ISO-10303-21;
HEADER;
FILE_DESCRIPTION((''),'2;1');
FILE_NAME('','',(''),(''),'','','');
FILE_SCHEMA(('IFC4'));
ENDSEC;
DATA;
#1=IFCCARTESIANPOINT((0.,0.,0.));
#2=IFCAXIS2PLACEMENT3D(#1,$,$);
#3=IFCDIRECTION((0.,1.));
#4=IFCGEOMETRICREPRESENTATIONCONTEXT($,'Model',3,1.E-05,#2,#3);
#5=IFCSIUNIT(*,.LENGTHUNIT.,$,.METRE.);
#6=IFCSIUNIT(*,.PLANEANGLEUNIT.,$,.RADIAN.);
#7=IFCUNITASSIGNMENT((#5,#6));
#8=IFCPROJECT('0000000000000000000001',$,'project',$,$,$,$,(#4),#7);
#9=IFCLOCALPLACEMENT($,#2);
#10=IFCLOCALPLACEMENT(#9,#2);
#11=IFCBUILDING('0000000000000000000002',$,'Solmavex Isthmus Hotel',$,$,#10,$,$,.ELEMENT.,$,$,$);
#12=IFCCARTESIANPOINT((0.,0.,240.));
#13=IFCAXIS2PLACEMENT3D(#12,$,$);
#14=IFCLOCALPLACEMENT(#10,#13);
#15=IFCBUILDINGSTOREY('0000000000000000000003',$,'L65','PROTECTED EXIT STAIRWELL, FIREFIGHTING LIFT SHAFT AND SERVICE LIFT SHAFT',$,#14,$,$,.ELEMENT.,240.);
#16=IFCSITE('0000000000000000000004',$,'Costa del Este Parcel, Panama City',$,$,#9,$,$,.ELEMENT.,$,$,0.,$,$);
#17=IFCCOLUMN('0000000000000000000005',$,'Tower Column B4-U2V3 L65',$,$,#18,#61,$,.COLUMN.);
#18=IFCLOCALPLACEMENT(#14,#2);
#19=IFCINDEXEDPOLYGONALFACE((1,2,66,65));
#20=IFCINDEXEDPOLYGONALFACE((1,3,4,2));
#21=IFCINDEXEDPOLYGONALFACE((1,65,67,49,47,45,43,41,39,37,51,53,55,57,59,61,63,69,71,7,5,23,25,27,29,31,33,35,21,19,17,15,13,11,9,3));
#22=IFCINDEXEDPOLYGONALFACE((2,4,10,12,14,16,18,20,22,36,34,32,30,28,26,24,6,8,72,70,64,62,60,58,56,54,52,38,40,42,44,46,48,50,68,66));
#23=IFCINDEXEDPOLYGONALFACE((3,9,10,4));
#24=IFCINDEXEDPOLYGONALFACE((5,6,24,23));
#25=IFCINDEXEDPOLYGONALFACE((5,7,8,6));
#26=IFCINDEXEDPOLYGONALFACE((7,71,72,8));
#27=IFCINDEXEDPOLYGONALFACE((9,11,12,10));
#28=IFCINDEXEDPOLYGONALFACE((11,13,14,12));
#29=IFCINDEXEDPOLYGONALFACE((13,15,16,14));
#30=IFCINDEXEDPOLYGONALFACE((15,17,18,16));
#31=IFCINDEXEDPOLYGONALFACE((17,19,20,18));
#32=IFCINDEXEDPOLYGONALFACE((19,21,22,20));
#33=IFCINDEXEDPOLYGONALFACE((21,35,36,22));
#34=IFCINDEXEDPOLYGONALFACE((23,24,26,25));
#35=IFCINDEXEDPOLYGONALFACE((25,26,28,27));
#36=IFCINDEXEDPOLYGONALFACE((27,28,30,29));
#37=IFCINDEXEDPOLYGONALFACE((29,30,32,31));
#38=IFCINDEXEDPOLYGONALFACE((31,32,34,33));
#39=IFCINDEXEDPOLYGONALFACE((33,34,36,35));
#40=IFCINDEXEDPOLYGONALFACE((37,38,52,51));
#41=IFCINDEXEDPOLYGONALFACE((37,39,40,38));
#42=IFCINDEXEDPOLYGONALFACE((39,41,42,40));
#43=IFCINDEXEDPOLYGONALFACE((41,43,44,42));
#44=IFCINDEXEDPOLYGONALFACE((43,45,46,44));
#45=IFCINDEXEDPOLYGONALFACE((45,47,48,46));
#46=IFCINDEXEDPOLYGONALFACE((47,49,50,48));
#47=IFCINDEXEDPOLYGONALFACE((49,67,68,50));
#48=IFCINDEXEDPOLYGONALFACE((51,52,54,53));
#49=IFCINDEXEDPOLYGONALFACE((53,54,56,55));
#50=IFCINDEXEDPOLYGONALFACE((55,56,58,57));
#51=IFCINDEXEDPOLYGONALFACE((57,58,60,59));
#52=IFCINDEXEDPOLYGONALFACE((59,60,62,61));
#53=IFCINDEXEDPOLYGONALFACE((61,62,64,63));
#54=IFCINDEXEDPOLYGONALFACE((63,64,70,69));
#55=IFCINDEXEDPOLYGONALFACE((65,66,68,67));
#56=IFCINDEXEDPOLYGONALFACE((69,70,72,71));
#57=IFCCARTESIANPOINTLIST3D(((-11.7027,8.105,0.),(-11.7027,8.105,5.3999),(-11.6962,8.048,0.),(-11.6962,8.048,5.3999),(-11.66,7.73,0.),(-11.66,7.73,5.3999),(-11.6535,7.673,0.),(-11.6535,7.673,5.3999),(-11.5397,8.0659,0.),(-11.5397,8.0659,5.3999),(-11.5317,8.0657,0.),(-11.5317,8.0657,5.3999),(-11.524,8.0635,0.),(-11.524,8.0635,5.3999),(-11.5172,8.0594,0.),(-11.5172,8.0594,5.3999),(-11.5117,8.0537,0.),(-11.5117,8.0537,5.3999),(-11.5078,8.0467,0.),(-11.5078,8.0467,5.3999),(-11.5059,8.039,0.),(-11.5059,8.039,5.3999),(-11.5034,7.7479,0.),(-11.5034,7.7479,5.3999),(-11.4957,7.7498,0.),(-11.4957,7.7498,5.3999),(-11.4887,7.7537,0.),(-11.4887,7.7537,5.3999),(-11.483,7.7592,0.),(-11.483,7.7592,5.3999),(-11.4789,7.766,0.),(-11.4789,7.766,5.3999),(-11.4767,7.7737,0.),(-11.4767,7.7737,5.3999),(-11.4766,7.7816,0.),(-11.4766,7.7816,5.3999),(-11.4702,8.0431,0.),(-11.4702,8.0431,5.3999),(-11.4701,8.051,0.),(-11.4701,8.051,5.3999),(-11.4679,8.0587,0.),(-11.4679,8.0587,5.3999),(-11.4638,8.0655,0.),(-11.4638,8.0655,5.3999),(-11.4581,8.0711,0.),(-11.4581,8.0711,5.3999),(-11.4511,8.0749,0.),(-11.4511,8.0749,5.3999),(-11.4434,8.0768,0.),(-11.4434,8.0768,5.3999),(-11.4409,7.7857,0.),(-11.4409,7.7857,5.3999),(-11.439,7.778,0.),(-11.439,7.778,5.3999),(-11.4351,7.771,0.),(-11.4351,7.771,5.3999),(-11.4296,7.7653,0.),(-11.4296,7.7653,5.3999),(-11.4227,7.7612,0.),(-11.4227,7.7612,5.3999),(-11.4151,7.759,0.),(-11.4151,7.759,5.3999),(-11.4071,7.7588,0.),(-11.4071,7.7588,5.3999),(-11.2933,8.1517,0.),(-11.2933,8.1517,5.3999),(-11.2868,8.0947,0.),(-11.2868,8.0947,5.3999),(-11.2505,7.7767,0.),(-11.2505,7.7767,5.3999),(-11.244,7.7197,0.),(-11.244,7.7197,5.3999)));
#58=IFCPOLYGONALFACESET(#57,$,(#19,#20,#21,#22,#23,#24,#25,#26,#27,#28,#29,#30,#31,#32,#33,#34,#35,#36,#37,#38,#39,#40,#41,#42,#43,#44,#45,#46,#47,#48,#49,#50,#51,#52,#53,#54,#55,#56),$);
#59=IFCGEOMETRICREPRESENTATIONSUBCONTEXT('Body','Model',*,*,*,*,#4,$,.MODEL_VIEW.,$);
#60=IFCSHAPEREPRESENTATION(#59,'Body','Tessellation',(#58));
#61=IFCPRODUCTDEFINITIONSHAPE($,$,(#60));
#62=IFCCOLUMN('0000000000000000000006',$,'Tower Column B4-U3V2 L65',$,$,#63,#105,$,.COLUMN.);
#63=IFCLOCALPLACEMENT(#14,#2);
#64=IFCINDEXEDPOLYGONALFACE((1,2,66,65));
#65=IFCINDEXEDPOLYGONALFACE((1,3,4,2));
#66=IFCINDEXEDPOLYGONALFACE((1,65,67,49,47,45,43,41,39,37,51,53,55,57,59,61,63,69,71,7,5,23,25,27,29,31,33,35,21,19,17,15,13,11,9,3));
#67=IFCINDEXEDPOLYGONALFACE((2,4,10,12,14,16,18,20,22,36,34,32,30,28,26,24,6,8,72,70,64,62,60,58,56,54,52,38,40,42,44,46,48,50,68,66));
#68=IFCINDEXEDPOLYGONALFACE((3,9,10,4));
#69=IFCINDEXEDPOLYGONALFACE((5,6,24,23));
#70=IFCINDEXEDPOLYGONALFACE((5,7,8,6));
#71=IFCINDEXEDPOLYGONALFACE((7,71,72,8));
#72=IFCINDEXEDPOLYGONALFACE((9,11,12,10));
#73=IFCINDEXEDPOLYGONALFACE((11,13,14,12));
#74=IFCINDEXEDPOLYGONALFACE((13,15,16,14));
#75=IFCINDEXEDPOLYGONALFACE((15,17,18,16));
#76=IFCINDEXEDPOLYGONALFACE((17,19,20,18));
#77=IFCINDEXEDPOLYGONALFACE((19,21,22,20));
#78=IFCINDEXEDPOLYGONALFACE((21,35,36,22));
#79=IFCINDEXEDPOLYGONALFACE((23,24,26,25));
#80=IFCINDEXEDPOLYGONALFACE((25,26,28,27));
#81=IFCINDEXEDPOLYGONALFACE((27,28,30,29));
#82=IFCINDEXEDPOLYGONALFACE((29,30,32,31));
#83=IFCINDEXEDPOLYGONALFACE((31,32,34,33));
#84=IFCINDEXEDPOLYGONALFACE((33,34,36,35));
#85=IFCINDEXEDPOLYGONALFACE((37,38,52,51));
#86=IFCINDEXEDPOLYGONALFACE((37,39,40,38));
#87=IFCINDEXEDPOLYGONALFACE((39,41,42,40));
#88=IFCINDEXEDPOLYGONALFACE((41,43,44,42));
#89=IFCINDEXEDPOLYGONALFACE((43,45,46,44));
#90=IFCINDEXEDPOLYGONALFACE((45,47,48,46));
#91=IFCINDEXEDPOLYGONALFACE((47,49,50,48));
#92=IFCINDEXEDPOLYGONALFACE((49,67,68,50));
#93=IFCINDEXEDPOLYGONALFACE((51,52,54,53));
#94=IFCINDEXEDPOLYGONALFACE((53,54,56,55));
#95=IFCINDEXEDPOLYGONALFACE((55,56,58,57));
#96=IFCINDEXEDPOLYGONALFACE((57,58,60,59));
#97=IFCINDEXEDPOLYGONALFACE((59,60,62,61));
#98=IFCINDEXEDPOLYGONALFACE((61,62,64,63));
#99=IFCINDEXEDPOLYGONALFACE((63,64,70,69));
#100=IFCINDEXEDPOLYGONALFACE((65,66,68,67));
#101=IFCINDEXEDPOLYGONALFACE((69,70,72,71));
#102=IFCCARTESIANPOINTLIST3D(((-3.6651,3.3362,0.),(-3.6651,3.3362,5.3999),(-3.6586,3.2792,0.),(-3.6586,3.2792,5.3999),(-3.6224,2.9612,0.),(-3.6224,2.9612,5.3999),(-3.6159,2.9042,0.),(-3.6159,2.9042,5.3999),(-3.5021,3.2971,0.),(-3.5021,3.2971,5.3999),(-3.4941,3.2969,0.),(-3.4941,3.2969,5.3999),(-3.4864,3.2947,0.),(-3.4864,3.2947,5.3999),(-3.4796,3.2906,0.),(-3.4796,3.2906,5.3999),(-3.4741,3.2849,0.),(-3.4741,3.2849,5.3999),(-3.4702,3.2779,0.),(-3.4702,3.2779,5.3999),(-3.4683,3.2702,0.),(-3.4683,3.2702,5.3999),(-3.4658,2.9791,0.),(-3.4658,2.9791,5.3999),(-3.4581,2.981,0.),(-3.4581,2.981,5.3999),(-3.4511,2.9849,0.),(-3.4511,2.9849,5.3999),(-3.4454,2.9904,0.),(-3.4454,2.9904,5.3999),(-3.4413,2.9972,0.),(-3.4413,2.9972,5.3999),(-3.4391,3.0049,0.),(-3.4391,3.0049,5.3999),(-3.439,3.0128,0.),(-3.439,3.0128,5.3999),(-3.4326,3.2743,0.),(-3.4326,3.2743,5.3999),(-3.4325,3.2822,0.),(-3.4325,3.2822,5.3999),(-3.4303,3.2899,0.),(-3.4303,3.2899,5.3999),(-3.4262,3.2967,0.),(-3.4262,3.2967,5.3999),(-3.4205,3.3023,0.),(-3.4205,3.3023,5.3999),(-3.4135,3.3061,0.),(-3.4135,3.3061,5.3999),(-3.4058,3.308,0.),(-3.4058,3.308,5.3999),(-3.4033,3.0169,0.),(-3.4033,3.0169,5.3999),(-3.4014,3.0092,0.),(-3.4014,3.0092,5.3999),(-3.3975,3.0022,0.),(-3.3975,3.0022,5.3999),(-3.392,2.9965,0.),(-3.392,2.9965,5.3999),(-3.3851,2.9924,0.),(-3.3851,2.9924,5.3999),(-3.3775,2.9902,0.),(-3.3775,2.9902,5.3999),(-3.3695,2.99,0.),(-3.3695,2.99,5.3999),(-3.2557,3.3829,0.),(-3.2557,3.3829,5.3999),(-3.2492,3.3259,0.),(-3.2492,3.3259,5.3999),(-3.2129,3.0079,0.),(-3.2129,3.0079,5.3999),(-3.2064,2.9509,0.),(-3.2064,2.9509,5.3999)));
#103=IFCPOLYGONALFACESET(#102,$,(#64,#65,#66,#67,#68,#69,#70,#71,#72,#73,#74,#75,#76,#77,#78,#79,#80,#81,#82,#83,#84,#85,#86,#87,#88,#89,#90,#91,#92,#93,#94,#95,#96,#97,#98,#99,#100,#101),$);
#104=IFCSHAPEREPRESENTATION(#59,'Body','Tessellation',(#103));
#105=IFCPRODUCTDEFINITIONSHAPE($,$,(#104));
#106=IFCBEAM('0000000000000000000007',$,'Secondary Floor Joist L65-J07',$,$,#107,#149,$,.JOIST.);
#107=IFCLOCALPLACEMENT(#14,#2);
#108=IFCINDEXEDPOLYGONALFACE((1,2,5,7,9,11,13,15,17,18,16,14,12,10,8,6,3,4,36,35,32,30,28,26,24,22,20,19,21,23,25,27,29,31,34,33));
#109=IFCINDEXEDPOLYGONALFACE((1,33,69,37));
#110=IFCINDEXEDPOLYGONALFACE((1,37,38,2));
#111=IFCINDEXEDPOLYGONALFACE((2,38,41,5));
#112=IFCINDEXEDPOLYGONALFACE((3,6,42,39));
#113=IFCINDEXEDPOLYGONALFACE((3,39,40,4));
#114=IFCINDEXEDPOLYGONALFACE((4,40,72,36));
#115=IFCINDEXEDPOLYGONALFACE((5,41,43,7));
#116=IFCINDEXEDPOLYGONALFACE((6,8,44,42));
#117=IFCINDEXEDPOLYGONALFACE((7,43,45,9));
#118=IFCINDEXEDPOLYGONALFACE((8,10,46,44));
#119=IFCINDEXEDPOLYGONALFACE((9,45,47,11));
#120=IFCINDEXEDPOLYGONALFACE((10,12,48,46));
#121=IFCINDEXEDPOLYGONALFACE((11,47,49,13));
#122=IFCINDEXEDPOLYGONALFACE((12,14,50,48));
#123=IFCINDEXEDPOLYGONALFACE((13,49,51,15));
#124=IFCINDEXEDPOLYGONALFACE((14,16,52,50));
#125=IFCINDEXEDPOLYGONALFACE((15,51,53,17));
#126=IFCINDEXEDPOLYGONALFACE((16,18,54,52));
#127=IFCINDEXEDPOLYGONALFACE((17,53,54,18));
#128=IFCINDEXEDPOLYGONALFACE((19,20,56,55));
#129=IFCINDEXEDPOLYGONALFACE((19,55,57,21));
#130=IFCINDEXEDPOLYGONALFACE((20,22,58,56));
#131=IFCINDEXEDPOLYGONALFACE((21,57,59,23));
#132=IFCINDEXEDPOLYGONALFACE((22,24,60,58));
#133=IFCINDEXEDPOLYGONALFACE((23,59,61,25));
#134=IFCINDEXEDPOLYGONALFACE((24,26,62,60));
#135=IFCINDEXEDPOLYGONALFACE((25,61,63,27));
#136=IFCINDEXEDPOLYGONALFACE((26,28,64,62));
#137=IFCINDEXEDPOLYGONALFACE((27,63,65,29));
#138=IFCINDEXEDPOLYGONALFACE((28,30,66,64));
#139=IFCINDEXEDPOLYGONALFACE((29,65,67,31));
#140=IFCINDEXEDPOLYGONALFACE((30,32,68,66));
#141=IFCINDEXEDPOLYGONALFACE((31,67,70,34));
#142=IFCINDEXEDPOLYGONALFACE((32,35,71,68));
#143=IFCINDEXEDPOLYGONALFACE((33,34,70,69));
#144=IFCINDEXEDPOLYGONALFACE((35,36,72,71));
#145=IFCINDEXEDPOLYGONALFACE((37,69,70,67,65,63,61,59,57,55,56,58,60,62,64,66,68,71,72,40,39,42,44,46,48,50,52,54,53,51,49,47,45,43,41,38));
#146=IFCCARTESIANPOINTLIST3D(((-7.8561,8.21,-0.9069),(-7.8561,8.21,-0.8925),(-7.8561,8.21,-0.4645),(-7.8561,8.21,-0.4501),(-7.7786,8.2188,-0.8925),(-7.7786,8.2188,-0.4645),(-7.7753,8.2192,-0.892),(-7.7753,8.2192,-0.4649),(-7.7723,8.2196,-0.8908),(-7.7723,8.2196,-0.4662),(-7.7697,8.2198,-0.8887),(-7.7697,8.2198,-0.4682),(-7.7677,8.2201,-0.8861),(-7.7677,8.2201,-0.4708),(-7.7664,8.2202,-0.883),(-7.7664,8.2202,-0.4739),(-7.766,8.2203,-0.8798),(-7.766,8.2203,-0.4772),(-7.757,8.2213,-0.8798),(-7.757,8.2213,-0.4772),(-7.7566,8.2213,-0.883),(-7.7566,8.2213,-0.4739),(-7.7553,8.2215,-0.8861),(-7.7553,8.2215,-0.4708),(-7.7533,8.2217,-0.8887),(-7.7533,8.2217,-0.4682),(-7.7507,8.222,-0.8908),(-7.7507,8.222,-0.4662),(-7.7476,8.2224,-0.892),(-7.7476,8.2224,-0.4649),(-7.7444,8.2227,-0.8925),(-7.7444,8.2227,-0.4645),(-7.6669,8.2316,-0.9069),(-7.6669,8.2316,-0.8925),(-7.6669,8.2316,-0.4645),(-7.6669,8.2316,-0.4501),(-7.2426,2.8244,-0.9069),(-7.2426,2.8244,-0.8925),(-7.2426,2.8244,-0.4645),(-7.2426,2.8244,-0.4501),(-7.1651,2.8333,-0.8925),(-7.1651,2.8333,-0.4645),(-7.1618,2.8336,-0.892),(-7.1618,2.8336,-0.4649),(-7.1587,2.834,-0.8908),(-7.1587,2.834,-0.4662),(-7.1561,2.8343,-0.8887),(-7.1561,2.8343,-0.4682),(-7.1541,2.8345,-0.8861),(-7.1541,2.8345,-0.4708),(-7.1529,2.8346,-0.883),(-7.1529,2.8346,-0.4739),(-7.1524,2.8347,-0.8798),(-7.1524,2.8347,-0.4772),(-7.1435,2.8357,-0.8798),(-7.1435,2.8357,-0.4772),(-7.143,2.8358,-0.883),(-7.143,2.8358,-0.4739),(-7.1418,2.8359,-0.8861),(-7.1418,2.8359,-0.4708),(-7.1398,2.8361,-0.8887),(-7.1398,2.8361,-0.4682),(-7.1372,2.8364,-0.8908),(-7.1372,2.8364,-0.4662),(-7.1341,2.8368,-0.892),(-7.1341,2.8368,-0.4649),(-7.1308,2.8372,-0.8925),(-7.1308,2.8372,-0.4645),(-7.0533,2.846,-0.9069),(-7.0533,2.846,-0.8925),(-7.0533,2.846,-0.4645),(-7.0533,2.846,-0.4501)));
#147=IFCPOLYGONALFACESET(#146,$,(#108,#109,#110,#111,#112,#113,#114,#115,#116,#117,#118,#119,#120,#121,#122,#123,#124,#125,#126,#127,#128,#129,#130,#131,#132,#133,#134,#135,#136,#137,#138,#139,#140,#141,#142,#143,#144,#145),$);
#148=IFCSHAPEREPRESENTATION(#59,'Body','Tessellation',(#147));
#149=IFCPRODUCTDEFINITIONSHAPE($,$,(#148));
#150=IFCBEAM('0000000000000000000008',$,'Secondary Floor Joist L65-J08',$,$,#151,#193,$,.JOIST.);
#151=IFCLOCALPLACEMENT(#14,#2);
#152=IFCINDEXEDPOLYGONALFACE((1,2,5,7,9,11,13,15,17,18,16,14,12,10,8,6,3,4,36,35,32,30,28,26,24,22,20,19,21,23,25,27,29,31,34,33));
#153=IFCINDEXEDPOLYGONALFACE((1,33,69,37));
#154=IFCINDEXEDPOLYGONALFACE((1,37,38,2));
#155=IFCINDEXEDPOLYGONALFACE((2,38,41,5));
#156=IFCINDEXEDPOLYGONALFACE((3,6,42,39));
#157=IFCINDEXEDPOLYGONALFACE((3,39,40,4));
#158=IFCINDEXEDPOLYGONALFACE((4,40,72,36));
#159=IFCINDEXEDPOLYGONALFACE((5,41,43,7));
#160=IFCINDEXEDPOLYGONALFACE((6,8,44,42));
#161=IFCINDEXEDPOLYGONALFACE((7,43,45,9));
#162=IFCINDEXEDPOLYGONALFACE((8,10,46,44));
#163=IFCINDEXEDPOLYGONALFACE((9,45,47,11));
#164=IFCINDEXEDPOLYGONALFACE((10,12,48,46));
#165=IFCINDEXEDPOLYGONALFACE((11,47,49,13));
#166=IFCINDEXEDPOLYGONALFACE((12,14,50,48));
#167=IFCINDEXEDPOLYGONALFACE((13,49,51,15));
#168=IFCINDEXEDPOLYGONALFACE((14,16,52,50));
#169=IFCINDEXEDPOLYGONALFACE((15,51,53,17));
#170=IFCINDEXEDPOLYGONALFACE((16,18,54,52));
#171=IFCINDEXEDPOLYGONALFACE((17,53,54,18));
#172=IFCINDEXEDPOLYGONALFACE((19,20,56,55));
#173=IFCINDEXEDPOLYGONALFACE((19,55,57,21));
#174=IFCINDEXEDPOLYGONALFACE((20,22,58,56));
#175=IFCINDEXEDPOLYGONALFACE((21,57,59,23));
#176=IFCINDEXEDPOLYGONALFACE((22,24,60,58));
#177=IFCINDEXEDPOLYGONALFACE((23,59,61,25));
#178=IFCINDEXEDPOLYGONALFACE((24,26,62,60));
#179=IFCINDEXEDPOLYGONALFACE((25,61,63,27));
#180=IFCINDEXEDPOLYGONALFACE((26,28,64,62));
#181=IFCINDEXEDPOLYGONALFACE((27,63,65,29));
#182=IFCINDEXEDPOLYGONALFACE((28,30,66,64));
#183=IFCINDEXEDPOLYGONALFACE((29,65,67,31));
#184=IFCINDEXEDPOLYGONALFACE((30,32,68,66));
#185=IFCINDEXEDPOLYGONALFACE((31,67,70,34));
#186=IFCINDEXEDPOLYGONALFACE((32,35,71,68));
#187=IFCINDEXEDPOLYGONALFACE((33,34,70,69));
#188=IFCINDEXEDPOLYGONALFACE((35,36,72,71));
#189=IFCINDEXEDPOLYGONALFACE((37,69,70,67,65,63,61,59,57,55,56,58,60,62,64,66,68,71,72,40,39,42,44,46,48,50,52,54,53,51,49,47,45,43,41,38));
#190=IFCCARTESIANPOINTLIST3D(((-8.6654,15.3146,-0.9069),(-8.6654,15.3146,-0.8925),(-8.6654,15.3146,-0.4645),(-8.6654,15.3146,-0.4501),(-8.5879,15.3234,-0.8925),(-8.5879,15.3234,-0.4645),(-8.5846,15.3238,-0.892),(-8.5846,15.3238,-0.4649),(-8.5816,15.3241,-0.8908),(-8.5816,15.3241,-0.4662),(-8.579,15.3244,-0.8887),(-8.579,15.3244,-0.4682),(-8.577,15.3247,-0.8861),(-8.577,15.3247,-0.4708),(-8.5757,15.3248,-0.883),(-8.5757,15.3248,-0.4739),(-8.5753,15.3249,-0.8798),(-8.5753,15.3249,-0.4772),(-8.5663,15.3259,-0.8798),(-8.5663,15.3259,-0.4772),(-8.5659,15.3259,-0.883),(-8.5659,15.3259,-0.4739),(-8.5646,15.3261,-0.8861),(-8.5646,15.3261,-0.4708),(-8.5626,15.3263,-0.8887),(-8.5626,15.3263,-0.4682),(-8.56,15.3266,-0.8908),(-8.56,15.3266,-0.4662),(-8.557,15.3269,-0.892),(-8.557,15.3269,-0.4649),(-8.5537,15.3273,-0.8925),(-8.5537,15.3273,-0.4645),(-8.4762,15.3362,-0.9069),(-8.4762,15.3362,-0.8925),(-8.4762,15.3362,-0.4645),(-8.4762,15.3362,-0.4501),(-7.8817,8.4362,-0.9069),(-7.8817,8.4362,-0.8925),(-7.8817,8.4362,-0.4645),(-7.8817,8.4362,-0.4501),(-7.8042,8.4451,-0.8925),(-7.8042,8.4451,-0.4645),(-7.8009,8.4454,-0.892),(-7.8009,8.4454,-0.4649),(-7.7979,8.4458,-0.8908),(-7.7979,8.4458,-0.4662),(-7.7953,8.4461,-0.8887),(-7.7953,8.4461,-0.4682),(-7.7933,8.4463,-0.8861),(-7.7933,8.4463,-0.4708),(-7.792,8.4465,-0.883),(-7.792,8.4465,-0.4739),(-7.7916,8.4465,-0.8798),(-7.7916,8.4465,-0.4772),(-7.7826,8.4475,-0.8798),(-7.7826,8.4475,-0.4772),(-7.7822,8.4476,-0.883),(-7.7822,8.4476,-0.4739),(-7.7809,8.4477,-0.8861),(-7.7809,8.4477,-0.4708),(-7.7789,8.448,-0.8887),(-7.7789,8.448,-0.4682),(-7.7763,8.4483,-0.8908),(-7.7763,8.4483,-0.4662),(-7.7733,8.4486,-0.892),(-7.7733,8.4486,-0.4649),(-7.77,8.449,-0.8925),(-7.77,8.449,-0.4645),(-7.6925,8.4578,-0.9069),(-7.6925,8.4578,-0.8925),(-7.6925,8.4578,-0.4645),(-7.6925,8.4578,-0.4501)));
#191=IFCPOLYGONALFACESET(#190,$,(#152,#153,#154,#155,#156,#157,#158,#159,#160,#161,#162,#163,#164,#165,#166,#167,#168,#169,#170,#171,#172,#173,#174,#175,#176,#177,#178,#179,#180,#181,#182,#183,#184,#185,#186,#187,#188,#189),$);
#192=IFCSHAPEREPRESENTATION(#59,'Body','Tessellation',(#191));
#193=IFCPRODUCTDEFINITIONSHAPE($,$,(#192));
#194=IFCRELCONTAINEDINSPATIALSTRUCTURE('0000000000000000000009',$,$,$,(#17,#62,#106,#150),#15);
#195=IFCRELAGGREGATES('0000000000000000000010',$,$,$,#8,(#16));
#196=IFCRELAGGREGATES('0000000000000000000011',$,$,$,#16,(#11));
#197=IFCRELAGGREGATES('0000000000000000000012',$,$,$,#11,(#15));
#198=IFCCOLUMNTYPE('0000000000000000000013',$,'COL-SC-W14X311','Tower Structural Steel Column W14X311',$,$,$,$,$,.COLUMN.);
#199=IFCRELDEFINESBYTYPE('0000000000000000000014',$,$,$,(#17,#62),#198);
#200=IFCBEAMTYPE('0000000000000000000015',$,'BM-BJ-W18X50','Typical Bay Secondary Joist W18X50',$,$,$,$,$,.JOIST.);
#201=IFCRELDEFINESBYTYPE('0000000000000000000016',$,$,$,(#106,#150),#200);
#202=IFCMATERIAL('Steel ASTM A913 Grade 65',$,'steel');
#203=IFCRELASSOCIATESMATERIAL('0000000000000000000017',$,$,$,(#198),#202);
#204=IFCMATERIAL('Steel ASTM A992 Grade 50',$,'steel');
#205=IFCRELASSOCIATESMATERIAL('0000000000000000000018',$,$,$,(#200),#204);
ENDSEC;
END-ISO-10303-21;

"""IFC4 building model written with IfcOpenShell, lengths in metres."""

from ifc_helpers import new_model, si_unit, direction, frame, origin, origin_2d, place, context, subcontext, project, spatial, i_section, extrude, material, material_profile, profile_set, type_object, element, save


model = new_model("IFC4")

# Units and contexts
model_context = context("Model", 3, precision=1e-05, world=origin(), true_north=direction((0.0, 1.0)))
body_context = subcontext(model_context, "Body", "Model", "MODEL_VIEW")
ifc_project = project(units=[si_unit("LENGTHUNIT", "METRE"), si_unit("PLANEANGLEUNIT", "RADIAN")], contexts=[model_context])

# Site, building, storey
site_placement = place(None, origin())
site = spatial("IfcSite", under=ifc_project, at=site_placement, Name="Costa del Este Parcel, Panama City", CompositionType="ELEMENT", RefElevation=0.0)
building_placement = place(site_placement, origin())
building = spatial("IfcBuilding", under=site, at=building_placement, Name="Solmavex Isthmus Hotel", CompositionType="ELEMENT")
storey_placement = place(building_placement, frame((0.0, 0.0, 240.0)))
storey = spatial("IfcBuildingStorey", under=building, at=storey_placement, Name="L65", Description="PROTECTED EXIT STAIRWELL, FIREFIGHTING LIFT SHAFT AND SERVICE LIFT SHAFT", CompositionType="ELEMENT", Elevation=240.0)

# Columns
ifc_material_1 = material(Name="Steel ASTM A913 Grade 65", Category="steel")
ifc_material_profile_1 = material_profile(ifc_material_1, i_section(OverallWidth=0.4121, OverallDepth=0.4348, WebThickness=0.0359, FlangeThickness=0.0574, FilletRadius=0.0305, at=origin_2d()), Name="W14X311")
ifc_profile_set_1 = profile_set([ifc_material_profile_1], Name="Steel ASTM A913 Grade 65")
column_type = type_object("IfcColumnType", Name="COL-SC-W14X311", Description="Tower Structural Steel Column W14X311", PredefinedType="COLUMN", material=ifc_profile_set_1)
for number, where, z_axis, x_axis, name in (
    (1, (-11.4734, 7.9124, 0.0), (0.0, 0.0, 1.0), (0.993572, 0.113203, 0.0), "Tower Column B4-U2V3 L65"),
    (2, (-3.4358, 3.1436, 0.0), (0.0, 0.0, 1.0), (0.993572, 0.113203, 0.0), "Tower Column B4-U3V2 L65"),
):
    element("IfcColumn", number, at=place(storey_placement, frame(where, z_axis=z_axis, x_axis=x_axis)), inside=storey, type_object=column_type, Name=name, PredefinedType="COLUMN", context=body_context, shape_type="SweptSolid", body=[
        extrude(i_section(OverallWidth=0.4121, OverallDepth=0.4348, WebThickness=0.0359, FlangeThickness=0.0574, FilletRadius=0.0305, at=origin_2d()), origin(), (0.0, 0.0, 1.0), 5.3999),
    ])

# Beams
ifc_material_2 = material(Name="Steel ASTM A992 Grade 50", Category="steel")
ifc_material_profile_2 = material_profile(ifc_material_2, i_section(OverallWidth=0.1904, OverallDepth=0.4568, WebThickness=0.009, FlangeThickness=0.0144, FilletRadius=0.0127, at=origin_2d()), Name="W18X50")
ifc_profile_set_2 = profile_set([ifc_material_profile_2], Name="Steel ASTM A992 Grade 50")
beam_type_1 = type_object("IfcBeamType", Name="BM-BJ-W18X50", Description="Typical Bay Secondary Joist W18X50", PredefinedType="JOIST", material=ifc_profile_set_2)
beam_1_placement = place(storey_placement, frame((-7.1479, 2.8352, -0.6785), z_axis=(-0.11319, 0.993573, 0.0), x_axis=(-0.993573, -0.11319, 0.0)))
element("IfcBeam", 3, at=beam_1_placement, inside=storey, type_object=beam_type_1, Name="Secondary Floor Joist L65-J07", PredefinedType="JOIST", context=body_context, shape_type="SweptSolid", body=[
    extrude(i_section(OverallWidth=0.1904, OverallDepth=0.4568, WebThickness=0.009, FlangeThickness=0.0144, FilletRadius=0.0127, at=origin_2d()), origin(), (0.0, 0.0, 1.0), 5.4204),
])
beam_2_placement = place(storey_placement, frame((-7.7871, 8.447, -0.6785), z_axis=(-0.113202, 0.993572, 0.0), x_axis=(-0.993572, -0.113202, 0.0)))
element("IfcBeam", 4, at=beam_2_placement, inside=storey, type_object=beam_type_1, Name="Secondary Floor Joist L65-J08", PredefinedType="JOIST", context=body_context, shape_type="SweptSolid", body=[
    extrude(i_section(OverallWidth=0.1904, OverallDepth=0.4568, WebThickness=0.009, FlangeThickness=0.0144, FilletRadius=0.0127, at=origin_2d()), origin(), (0.0, 0.0, 1.0), 6.9229),
])

save(model, "model.ifc")
